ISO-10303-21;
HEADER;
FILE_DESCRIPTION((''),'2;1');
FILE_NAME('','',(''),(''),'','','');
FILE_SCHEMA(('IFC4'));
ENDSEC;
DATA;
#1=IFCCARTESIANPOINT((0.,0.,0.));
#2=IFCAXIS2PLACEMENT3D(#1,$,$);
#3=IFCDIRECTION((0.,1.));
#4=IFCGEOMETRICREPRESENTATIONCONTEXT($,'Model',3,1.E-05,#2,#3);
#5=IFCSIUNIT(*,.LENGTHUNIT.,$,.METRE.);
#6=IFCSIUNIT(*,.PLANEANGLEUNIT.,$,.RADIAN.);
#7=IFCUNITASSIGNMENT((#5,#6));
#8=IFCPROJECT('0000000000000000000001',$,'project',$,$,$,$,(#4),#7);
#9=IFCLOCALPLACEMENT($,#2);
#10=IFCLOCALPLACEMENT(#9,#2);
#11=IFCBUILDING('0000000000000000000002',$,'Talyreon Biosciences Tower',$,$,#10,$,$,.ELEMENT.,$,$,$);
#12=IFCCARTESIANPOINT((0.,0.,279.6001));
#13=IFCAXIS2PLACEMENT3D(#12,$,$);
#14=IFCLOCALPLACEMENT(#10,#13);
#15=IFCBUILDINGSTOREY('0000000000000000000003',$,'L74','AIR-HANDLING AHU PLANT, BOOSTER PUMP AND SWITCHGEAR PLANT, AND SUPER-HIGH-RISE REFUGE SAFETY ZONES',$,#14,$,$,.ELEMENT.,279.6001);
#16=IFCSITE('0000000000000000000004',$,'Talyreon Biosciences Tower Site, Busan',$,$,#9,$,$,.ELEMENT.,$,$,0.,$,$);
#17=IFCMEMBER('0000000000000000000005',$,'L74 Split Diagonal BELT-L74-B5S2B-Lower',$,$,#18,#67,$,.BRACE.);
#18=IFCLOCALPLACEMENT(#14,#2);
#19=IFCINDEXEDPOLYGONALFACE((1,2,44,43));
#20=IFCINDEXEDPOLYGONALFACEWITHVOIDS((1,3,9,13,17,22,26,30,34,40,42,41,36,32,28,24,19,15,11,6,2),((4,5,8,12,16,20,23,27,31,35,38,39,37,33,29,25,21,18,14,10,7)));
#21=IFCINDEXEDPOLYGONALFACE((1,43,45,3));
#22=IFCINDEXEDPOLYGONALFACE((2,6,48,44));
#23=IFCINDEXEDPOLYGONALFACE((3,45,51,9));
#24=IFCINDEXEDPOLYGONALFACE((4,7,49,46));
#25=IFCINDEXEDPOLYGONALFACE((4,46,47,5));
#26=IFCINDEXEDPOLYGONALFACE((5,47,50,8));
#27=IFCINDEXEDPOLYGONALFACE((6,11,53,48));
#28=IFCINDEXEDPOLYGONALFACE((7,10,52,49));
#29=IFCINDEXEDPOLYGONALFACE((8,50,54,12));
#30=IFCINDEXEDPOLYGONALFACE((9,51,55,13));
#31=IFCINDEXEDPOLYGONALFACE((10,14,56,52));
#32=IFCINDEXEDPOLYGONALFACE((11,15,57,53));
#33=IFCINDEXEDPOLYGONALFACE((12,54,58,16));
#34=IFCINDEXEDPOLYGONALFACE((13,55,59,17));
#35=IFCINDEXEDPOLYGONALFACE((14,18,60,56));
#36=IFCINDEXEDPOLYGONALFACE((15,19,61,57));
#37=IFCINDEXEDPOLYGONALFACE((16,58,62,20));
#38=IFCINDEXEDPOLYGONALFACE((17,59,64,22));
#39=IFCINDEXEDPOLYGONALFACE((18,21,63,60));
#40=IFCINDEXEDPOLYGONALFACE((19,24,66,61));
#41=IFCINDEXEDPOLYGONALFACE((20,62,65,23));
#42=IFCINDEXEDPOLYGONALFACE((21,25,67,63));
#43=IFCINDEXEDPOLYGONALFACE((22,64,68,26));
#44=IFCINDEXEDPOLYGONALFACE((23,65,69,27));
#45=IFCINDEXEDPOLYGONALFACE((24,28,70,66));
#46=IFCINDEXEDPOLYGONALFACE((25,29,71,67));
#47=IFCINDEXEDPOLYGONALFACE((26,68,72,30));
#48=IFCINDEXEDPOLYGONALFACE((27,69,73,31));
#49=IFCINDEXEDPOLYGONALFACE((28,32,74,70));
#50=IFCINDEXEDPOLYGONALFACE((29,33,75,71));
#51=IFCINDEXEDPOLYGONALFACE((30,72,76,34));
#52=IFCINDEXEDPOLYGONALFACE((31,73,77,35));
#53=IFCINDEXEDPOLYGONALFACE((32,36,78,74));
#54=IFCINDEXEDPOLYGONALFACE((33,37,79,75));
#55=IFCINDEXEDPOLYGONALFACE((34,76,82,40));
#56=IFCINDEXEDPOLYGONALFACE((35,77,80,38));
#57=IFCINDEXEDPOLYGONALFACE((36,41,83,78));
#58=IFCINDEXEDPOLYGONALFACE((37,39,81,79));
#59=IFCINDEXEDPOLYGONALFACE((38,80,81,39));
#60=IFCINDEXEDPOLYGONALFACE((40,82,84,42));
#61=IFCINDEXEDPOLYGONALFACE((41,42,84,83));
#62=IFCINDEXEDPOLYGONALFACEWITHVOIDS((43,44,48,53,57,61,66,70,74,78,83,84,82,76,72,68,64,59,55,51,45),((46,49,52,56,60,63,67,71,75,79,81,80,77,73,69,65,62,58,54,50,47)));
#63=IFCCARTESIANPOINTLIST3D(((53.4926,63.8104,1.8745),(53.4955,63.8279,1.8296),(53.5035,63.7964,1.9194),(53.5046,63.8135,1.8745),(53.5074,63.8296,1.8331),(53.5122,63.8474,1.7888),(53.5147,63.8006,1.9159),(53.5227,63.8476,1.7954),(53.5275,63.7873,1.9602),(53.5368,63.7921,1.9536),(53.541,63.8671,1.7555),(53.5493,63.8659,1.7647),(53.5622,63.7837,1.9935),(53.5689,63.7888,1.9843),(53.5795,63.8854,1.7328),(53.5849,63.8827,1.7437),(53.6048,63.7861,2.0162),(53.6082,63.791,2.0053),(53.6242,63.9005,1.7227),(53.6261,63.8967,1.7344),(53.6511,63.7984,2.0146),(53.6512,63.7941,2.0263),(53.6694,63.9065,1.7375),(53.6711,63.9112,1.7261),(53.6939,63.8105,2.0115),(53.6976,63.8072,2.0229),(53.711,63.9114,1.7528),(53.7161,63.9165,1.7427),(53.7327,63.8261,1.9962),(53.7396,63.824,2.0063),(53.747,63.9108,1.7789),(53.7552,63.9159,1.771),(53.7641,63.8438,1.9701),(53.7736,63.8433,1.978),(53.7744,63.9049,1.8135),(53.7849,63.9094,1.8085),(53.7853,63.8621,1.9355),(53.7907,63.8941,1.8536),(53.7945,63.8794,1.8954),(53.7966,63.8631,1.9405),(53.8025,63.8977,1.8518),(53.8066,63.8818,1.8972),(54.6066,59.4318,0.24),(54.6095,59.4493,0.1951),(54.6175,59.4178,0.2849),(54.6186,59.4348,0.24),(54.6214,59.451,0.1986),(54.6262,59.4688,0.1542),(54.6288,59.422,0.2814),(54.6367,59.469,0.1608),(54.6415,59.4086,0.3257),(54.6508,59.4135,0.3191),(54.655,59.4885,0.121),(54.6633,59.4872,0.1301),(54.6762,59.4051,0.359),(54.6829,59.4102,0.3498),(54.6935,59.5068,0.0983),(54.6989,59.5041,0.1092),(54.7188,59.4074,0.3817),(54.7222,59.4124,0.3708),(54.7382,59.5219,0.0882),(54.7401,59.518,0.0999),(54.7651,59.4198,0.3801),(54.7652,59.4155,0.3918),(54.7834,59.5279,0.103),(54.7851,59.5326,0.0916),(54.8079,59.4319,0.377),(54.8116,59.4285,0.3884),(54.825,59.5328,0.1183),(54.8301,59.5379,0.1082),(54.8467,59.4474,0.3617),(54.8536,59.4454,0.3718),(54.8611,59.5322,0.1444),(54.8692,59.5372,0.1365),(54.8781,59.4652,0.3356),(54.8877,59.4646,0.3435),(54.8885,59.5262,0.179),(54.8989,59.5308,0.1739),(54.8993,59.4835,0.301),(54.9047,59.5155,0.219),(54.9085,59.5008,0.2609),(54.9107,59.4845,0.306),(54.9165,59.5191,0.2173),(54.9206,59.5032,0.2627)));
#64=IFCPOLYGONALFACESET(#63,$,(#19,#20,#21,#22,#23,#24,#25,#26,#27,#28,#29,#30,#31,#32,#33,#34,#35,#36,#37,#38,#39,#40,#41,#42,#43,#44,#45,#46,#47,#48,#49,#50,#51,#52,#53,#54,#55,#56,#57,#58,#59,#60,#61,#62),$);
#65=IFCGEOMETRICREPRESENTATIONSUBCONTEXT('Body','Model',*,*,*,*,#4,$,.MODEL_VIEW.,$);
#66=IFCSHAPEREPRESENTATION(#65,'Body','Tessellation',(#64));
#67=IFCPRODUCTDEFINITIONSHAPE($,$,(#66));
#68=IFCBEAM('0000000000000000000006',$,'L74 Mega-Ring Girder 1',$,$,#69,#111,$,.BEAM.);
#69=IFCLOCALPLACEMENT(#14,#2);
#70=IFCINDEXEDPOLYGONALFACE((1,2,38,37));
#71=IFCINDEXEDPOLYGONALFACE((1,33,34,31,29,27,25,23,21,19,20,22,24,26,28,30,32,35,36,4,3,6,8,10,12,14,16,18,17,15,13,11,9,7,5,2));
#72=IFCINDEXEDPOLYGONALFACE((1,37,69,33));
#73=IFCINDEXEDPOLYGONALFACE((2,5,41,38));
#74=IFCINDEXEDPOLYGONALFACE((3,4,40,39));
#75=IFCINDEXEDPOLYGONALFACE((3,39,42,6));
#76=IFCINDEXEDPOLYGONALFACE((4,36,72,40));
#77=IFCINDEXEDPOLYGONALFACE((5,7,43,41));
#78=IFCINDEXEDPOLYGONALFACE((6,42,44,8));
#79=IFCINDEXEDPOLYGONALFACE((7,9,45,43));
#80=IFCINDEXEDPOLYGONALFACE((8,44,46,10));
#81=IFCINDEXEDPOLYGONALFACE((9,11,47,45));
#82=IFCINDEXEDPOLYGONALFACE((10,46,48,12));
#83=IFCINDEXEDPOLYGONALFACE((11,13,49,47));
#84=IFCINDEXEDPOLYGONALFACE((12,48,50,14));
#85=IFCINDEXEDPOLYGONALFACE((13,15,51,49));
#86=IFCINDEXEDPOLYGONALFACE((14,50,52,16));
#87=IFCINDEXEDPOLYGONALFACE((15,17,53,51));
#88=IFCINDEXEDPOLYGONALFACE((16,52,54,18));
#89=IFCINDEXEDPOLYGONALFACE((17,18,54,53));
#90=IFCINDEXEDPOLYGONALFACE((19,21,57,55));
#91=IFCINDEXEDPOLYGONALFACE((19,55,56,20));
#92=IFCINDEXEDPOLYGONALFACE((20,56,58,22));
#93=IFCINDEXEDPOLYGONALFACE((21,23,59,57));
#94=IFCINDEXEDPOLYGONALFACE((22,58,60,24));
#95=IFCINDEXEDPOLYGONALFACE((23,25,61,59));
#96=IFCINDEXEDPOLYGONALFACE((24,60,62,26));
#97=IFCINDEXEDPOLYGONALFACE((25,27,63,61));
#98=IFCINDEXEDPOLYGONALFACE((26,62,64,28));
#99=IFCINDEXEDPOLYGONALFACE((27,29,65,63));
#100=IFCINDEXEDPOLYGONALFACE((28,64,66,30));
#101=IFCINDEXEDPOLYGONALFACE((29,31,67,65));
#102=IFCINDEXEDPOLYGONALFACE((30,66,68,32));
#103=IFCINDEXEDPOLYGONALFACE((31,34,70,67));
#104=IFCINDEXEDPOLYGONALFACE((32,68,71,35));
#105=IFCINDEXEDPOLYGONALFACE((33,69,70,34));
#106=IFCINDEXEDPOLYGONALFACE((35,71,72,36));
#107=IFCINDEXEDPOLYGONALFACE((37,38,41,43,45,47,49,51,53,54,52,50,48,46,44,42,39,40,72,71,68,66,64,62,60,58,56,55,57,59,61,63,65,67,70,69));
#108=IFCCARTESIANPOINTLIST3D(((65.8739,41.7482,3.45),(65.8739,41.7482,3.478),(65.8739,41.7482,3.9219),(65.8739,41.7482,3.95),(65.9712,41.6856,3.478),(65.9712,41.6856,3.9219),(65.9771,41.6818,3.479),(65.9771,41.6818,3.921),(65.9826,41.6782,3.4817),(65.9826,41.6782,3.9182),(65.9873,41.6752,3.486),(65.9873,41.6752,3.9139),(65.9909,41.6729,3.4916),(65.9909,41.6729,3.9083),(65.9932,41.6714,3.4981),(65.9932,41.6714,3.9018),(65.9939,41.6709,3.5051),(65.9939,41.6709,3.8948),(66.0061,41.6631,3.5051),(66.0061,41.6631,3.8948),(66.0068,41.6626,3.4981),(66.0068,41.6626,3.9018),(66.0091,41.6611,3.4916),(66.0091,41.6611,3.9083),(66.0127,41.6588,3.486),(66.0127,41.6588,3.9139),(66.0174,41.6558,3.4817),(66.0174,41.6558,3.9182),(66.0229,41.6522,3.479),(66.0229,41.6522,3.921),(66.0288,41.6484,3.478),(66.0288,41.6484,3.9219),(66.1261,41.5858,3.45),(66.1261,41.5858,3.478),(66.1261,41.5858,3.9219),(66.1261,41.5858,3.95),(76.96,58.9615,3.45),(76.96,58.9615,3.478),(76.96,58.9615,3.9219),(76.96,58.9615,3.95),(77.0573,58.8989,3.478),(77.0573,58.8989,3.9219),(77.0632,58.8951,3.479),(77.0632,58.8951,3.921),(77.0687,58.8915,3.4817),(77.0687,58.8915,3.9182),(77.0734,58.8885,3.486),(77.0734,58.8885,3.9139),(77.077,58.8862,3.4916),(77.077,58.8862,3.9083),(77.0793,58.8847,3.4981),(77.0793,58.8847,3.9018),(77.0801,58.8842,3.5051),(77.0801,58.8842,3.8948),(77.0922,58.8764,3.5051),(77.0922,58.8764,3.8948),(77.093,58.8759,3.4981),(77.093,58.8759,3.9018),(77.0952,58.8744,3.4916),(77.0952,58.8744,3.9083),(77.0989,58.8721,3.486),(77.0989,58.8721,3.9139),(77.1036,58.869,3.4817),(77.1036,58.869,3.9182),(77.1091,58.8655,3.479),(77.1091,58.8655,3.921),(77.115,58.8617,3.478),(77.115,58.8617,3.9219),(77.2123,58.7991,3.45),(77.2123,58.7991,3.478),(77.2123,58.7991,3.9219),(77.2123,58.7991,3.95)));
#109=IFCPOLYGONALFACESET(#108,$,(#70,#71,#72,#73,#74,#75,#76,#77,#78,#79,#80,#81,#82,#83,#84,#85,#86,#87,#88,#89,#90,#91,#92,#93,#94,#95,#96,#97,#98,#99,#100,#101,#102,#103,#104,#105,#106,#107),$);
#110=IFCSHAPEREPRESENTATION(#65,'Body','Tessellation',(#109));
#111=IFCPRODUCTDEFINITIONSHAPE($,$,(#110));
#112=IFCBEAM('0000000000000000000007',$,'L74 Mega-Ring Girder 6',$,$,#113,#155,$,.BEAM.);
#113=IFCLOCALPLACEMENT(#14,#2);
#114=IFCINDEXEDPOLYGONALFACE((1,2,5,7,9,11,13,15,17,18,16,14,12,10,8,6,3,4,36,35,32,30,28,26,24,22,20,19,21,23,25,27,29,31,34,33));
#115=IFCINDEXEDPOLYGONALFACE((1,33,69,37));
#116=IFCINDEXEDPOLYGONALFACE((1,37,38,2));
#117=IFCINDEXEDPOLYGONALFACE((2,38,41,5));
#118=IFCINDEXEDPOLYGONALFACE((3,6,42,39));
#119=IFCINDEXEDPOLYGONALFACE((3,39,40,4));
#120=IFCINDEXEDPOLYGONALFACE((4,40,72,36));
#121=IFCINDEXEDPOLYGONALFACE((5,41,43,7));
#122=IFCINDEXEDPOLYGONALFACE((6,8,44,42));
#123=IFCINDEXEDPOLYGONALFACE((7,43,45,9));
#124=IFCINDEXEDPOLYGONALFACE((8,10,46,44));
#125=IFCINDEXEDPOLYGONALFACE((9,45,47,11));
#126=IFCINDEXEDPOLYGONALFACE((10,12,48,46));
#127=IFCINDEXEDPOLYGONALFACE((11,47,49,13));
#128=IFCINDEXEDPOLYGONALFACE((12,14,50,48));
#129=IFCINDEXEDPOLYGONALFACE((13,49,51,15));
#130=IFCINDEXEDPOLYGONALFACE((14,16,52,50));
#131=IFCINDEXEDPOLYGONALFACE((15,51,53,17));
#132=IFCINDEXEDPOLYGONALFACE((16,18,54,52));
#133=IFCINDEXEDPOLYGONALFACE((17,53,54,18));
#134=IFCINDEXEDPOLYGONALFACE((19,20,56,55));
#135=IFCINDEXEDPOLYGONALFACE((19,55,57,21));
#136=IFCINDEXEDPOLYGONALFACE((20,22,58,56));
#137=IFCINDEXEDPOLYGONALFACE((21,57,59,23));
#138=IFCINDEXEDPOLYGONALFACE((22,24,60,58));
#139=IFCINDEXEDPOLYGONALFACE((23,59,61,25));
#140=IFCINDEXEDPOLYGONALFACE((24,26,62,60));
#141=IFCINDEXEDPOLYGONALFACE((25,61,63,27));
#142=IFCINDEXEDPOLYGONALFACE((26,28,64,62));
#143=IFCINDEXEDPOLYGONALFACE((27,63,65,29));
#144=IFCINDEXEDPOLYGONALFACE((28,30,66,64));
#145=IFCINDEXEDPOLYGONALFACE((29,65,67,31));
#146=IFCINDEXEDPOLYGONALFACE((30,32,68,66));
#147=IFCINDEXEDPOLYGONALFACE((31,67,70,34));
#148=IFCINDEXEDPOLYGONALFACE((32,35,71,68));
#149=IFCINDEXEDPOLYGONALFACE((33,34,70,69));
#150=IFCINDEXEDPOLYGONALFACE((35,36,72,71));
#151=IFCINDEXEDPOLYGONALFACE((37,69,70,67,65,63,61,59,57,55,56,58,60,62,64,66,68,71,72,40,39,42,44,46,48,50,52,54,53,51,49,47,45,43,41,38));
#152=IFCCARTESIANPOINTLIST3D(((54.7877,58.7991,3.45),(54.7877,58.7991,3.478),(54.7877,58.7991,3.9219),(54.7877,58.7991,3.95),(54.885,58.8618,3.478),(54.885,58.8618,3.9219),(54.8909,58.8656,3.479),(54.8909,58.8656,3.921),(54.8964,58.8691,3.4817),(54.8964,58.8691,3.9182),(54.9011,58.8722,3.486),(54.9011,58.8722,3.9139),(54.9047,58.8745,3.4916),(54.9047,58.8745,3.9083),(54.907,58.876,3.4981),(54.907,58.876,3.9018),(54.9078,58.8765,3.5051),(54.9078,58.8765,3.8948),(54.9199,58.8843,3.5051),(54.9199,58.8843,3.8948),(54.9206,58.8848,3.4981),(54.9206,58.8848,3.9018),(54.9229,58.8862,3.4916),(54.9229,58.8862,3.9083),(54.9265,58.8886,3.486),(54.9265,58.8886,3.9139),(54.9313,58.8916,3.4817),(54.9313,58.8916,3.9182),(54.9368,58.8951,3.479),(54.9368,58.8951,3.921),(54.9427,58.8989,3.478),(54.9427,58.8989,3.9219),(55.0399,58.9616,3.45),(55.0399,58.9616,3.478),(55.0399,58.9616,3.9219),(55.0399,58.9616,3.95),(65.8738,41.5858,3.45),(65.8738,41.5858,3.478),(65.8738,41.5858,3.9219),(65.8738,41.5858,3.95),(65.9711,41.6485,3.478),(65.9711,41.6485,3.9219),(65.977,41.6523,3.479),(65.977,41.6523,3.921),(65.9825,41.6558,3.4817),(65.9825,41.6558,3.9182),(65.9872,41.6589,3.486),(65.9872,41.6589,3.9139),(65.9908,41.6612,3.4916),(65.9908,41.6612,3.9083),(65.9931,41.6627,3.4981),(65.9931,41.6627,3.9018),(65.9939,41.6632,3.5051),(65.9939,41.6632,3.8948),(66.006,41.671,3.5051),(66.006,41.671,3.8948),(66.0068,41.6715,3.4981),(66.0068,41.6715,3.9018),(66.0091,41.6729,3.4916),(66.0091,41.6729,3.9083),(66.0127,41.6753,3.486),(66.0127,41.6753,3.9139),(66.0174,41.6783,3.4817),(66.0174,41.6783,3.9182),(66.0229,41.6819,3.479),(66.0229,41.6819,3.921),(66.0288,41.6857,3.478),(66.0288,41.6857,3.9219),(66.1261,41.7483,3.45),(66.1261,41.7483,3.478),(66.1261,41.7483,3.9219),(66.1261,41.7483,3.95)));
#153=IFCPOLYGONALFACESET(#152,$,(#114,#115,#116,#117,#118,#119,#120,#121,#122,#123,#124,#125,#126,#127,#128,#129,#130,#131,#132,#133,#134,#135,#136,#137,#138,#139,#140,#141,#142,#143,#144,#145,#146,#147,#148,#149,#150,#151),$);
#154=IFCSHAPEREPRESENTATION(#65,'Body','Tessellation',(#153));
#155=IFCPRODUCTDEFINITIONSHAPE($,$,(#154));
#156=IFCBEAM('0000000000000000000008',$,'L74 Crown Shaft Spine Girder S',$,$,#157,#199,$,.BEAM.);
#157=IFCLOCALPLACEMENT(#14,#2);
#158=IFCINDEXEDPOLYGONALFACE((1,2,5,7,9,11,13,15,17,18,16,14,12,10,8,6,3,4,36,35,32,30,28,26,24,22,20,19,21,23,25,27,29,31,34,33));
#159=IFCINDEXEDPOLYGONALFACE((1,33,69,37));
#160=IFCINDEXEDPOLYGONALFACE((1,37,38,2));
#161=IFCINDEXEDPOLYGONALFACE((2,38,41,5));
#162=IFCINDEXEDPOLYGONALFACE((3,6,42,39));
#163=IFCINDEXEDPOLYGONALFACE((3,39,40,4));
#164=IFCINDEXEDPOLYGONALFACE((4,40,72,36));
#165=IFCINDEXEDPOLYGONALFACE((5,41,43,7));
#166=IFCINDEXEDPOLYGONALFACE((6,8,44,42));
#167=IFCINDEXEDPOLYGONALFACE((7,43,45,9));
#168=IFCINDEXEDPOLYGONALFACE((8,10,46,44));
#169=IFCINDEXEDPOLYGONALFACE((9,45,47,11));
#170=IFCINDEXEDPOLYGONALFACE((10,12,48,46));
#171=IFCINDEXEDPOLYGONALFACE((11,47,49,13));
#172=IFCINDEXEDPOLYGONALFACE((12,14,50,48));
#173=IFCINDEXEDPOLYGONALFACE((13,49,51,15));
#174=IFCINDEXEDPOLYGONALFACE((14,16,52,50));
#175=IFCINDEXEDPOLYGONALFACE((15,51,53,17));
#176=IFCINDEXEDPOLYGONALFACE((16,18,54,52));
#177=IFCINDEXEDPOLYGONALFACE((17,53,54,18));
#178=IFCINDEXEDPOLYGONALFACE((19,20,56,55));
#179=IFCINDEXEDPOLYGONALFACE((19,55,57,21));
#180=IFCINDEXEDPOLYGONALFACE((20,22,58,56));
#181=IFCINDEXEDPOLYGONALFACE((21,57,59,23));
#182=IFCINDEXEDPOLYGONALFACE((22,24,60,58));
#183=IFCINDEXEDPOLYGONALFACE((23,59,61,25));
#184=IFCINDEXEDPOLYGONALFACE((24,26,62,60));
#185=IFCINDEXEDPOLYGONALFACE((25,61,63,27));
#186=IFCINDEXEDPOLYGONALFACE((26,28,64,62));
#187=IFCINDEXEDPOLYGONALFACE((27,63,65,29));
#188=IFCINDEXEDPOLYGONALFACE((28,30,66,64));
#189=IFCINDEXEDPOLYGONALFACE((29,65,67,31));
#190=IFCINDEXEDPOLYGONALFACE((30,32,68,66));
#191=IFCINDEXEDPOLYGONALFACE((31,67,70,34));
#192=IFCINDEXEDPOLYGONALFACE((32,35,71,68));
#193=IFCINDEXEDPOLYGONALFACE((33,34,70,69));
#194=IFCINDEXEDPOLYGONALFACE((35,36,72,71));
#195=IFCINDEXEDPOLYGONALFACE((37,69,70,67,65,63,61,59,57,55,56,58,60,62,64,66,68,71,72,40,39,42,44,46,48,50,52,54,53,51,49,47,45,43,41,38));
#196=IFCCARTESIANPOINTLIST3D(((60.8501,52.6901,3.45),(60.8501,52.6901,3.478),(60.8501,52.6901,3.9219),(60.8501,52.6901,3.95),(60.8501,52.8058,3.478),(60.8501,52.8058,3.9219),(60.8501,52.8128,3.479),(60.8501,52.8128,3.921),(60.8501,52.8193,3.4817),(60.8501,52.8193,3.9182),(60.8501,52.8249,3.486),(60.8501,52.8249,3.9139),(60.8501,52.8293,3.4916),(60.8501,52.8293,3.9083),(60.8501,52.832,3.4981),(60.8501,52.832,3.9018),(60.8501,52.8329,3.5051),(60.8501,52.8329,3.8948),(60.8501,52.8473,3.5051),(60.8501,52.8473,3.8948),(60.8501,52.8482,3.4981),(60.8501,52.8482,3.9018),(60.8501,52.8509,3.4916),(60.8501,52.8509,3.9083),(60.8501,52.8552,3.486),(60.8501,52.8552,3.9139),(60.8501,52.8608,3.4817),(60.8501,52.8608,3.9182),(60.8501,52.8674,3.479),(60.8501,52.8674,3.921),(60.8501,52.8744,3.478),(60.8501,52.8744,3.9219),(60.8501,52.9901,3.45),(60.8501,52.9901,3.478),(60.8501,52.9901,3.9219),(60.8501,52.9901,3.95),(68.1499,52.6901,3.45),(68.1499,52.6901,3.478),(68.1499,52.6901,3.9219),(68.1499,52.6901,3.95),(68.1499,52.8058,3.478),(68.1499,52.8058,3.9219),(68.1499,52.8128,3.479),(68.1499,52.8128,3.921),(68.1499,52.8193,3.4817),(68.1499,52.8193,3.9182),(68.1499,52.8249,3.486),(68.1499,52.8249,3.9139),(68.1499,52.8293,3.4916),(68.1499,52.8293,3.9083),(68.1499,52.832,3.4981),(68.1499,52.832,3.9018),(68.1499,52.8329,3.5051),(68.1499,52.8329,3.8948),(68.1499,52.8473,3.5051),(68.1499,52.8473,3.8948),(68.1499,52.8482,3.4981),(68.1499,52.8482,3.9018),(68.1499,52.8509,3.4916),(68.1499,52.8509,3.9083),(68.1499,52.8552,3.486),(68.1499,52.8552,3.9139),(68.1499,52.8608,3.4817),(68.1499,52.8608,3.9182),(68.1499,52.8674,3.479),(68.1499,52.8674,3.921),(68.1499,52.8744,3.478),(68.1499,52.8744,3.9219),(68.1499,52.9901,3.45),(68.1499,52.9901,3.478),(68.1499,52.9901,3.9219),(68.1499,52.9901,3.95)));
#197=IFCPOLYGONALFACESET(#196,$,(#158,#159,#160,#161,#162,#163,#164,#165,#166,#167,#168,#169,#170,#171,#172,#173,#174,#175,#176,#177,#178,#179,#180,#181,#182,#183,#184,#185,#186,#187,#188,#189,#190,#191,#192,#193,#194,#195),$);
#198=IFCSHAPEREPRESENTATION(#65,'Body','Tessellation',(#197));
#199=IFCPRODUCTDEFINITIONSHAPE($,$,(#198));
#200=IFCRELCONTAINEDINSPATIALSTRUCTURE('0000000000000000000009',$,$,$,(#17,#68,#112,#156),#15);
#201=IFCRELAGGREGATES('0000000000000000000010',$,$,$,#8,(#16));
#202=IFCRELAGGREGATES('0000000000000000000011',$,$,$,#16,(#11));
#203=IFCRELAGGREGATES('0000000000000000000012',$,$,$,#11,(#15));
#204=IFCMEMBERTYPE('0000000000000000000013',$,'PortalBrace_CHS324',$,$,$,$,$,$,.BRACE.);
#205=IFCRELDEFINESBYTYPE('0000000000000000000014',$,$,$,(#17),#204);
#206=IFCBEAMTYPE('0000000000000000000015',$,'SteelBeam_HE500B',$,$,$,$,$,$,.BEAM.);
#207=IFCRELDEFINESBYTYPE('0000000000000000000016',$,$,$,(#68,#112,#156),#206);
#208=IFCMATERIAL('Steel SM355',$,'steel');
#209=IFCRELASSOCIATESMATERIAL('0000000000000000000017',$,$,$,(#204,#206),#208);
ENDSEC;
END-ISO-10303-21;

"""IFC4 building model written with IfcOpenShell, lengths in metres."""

from ifc_helpers import new_model, si_unit, direction, frame, origin, origin_2d, place, context, subcontext, project, spatial, hollow_circle, i_section, extrude, material, material_profile, profile_set, type_object, element, save


model = new_model("IFC4")

# Units and contexts
model_context = context("Model", 3, precision=1e-05, world=origin(), true_north=direction((0.0, 1.0)))
body_context = subcontext(model_context, "Body", "Model", "MODEL_VIEW")
ifc_project = project(units=[si_unit("LENGTHUNIT", "METRE"), si_unit("PLANEANGLEUNIT", "RADIAN")], contexts=[model_context])

# Site, building, storey
site_placement = place(None, origin())
site = spatial("IfcSite", under=ifc_project, at=site_placement, Name="Talyreon Biosciences Tower Site, Busan", CompositionType="ELEMENT", RefElevation=0.0)
building_placement = place(site_placement, origin())
building = spatial("IfcBuilding", under=site, at=building_placement, Name="Talyreon Biosciences Tower", CompositionType="ELEMENT")
storey_placement = place(building_placement, frame((0.0, 0.0, 279.6001)))
storey = spatial("IfcBuildingStorey", under=building, at=storey_placement, Name="L74", Description="AIR-HANDLING AHU PLANT, BOOSTER PUMP AND SWITCHGEAR PLANT, AND SUPER-HIGH-RISE REFUGE SAFETY ZONES", CompositionType="ELEMENT", Elevation=279.6001)

# Shared definitions
ifc_material_1 = material(Name="Steel SM355", Category="steel")

# Member
ifc_material_profile_1 = material_profile(ifc_material_1, hollow_circle(Radius=0.1619, WallThickness=0.0125, at=origin_2d()), Name="CHS 323.9x12.5")
ifc_profile_set_1 = profile_set([ifc_material_profile_1], Name="Steel SM355")
member_type_1 = type_object("IfcMemberType", Name="PortalBrace_CHS324", PredefinedType="BRACE", material=ifc_profile_set_1)
member_1_placement = place(storey_placement, frame((54.7634, 59.4717, 0.24), z_axis=(-0.231858, 0.911324, 0.340191), x_axis=(-0.969127, -0.246564, 0.0)))
element("IfcMember", 1, at=member_1_placement, inside=storey, type_object=member_type_1, Name="L74 Split Diagonal BELT-L74-B5S2B-Lower", PredefinedType="BRACE", context=body_context, shape_type="SweptSolid", body=[
    extrude(hollow_circle(Radius=0.1619, WallThickness=0.0125, at=origin_2d()), origin(), (0.0, 0.0, 1.0), 4.8047),
])

# Beams
ifc_material_profile_2 = material_profile(ifc_material_1, i_section(OverallWidth=0.3, OverallDepth=0.5, WebThickness=0.0144, FlangeThickness=0.0281, FilletRadius=0.0271, at=origin_2d()), Name="HE500B")
ifc_profile_set_2 = profile_set([ifc_material_profile_2], Name="Steel SM355")
beam_type_1 = type_object("IfcBeamType", Name="SteelBeam_HE500B", PredefinedType="BEAM", material=ifc_profile_set_2)
for number, where, z_axis, x_axis, name in (
    (2, (66.0, 41.667, 3.7), (0.541464, 0.840724, 0.0), (-0.840724, 0.541464, 0.0), "L74 Mega-Ring Girder 1"),
    (3, (54.9138, 58.8804, 3.7), (0.541464, -0.840724, 0.0), (0.840724, 0.541464, 0.0), "L74 Mega-Ring Girder 6"),
):
    element("IfcBeam", number, at=place(storey_placement, frame(where, z_axis=z_axis, x_axis=x_axis)), inside=storey, type_object=beam_type_1, Name=name, PredefinedType="BEAM", context=body_context, shape_type="SweptSolid", body=[
        extrude(i_section(OverallWidth=0.3, OverallDepth=0.5, WebThickness=0.0144, FlangeThickness=0.0281, FilletRadius=0.0271, at=origin_2d()), origin(), (0.0, 0.0, 1.0), 20.4744),
    ])
beam_1_placement = place(storey_placement, frame((60.8501, 52.8401, 3.7), z_axis=(1.0, 0.0, 0.0), x_axis=(0.0, 1.0, 0.0)))
element("IfcBeam", 4, at=beam_1_placement, inside=storey, type_object=beam_type_1, Name="L74 Crown Shaft Spine Girder S", PredefinedType="BEAM", context=body_context, shape_type="SweptSolid", body=[
    extrude(i_section(OverallWidth=0.3, OverallDepth=0.5, WebThickness=0.0144, FlangeThickness=0.0281, FilletRadius=0.0271, at=origin_2d()), origin(), (0.0, 0.0, 1.0), 7.2998),
])

save(model, "model.ifc")
